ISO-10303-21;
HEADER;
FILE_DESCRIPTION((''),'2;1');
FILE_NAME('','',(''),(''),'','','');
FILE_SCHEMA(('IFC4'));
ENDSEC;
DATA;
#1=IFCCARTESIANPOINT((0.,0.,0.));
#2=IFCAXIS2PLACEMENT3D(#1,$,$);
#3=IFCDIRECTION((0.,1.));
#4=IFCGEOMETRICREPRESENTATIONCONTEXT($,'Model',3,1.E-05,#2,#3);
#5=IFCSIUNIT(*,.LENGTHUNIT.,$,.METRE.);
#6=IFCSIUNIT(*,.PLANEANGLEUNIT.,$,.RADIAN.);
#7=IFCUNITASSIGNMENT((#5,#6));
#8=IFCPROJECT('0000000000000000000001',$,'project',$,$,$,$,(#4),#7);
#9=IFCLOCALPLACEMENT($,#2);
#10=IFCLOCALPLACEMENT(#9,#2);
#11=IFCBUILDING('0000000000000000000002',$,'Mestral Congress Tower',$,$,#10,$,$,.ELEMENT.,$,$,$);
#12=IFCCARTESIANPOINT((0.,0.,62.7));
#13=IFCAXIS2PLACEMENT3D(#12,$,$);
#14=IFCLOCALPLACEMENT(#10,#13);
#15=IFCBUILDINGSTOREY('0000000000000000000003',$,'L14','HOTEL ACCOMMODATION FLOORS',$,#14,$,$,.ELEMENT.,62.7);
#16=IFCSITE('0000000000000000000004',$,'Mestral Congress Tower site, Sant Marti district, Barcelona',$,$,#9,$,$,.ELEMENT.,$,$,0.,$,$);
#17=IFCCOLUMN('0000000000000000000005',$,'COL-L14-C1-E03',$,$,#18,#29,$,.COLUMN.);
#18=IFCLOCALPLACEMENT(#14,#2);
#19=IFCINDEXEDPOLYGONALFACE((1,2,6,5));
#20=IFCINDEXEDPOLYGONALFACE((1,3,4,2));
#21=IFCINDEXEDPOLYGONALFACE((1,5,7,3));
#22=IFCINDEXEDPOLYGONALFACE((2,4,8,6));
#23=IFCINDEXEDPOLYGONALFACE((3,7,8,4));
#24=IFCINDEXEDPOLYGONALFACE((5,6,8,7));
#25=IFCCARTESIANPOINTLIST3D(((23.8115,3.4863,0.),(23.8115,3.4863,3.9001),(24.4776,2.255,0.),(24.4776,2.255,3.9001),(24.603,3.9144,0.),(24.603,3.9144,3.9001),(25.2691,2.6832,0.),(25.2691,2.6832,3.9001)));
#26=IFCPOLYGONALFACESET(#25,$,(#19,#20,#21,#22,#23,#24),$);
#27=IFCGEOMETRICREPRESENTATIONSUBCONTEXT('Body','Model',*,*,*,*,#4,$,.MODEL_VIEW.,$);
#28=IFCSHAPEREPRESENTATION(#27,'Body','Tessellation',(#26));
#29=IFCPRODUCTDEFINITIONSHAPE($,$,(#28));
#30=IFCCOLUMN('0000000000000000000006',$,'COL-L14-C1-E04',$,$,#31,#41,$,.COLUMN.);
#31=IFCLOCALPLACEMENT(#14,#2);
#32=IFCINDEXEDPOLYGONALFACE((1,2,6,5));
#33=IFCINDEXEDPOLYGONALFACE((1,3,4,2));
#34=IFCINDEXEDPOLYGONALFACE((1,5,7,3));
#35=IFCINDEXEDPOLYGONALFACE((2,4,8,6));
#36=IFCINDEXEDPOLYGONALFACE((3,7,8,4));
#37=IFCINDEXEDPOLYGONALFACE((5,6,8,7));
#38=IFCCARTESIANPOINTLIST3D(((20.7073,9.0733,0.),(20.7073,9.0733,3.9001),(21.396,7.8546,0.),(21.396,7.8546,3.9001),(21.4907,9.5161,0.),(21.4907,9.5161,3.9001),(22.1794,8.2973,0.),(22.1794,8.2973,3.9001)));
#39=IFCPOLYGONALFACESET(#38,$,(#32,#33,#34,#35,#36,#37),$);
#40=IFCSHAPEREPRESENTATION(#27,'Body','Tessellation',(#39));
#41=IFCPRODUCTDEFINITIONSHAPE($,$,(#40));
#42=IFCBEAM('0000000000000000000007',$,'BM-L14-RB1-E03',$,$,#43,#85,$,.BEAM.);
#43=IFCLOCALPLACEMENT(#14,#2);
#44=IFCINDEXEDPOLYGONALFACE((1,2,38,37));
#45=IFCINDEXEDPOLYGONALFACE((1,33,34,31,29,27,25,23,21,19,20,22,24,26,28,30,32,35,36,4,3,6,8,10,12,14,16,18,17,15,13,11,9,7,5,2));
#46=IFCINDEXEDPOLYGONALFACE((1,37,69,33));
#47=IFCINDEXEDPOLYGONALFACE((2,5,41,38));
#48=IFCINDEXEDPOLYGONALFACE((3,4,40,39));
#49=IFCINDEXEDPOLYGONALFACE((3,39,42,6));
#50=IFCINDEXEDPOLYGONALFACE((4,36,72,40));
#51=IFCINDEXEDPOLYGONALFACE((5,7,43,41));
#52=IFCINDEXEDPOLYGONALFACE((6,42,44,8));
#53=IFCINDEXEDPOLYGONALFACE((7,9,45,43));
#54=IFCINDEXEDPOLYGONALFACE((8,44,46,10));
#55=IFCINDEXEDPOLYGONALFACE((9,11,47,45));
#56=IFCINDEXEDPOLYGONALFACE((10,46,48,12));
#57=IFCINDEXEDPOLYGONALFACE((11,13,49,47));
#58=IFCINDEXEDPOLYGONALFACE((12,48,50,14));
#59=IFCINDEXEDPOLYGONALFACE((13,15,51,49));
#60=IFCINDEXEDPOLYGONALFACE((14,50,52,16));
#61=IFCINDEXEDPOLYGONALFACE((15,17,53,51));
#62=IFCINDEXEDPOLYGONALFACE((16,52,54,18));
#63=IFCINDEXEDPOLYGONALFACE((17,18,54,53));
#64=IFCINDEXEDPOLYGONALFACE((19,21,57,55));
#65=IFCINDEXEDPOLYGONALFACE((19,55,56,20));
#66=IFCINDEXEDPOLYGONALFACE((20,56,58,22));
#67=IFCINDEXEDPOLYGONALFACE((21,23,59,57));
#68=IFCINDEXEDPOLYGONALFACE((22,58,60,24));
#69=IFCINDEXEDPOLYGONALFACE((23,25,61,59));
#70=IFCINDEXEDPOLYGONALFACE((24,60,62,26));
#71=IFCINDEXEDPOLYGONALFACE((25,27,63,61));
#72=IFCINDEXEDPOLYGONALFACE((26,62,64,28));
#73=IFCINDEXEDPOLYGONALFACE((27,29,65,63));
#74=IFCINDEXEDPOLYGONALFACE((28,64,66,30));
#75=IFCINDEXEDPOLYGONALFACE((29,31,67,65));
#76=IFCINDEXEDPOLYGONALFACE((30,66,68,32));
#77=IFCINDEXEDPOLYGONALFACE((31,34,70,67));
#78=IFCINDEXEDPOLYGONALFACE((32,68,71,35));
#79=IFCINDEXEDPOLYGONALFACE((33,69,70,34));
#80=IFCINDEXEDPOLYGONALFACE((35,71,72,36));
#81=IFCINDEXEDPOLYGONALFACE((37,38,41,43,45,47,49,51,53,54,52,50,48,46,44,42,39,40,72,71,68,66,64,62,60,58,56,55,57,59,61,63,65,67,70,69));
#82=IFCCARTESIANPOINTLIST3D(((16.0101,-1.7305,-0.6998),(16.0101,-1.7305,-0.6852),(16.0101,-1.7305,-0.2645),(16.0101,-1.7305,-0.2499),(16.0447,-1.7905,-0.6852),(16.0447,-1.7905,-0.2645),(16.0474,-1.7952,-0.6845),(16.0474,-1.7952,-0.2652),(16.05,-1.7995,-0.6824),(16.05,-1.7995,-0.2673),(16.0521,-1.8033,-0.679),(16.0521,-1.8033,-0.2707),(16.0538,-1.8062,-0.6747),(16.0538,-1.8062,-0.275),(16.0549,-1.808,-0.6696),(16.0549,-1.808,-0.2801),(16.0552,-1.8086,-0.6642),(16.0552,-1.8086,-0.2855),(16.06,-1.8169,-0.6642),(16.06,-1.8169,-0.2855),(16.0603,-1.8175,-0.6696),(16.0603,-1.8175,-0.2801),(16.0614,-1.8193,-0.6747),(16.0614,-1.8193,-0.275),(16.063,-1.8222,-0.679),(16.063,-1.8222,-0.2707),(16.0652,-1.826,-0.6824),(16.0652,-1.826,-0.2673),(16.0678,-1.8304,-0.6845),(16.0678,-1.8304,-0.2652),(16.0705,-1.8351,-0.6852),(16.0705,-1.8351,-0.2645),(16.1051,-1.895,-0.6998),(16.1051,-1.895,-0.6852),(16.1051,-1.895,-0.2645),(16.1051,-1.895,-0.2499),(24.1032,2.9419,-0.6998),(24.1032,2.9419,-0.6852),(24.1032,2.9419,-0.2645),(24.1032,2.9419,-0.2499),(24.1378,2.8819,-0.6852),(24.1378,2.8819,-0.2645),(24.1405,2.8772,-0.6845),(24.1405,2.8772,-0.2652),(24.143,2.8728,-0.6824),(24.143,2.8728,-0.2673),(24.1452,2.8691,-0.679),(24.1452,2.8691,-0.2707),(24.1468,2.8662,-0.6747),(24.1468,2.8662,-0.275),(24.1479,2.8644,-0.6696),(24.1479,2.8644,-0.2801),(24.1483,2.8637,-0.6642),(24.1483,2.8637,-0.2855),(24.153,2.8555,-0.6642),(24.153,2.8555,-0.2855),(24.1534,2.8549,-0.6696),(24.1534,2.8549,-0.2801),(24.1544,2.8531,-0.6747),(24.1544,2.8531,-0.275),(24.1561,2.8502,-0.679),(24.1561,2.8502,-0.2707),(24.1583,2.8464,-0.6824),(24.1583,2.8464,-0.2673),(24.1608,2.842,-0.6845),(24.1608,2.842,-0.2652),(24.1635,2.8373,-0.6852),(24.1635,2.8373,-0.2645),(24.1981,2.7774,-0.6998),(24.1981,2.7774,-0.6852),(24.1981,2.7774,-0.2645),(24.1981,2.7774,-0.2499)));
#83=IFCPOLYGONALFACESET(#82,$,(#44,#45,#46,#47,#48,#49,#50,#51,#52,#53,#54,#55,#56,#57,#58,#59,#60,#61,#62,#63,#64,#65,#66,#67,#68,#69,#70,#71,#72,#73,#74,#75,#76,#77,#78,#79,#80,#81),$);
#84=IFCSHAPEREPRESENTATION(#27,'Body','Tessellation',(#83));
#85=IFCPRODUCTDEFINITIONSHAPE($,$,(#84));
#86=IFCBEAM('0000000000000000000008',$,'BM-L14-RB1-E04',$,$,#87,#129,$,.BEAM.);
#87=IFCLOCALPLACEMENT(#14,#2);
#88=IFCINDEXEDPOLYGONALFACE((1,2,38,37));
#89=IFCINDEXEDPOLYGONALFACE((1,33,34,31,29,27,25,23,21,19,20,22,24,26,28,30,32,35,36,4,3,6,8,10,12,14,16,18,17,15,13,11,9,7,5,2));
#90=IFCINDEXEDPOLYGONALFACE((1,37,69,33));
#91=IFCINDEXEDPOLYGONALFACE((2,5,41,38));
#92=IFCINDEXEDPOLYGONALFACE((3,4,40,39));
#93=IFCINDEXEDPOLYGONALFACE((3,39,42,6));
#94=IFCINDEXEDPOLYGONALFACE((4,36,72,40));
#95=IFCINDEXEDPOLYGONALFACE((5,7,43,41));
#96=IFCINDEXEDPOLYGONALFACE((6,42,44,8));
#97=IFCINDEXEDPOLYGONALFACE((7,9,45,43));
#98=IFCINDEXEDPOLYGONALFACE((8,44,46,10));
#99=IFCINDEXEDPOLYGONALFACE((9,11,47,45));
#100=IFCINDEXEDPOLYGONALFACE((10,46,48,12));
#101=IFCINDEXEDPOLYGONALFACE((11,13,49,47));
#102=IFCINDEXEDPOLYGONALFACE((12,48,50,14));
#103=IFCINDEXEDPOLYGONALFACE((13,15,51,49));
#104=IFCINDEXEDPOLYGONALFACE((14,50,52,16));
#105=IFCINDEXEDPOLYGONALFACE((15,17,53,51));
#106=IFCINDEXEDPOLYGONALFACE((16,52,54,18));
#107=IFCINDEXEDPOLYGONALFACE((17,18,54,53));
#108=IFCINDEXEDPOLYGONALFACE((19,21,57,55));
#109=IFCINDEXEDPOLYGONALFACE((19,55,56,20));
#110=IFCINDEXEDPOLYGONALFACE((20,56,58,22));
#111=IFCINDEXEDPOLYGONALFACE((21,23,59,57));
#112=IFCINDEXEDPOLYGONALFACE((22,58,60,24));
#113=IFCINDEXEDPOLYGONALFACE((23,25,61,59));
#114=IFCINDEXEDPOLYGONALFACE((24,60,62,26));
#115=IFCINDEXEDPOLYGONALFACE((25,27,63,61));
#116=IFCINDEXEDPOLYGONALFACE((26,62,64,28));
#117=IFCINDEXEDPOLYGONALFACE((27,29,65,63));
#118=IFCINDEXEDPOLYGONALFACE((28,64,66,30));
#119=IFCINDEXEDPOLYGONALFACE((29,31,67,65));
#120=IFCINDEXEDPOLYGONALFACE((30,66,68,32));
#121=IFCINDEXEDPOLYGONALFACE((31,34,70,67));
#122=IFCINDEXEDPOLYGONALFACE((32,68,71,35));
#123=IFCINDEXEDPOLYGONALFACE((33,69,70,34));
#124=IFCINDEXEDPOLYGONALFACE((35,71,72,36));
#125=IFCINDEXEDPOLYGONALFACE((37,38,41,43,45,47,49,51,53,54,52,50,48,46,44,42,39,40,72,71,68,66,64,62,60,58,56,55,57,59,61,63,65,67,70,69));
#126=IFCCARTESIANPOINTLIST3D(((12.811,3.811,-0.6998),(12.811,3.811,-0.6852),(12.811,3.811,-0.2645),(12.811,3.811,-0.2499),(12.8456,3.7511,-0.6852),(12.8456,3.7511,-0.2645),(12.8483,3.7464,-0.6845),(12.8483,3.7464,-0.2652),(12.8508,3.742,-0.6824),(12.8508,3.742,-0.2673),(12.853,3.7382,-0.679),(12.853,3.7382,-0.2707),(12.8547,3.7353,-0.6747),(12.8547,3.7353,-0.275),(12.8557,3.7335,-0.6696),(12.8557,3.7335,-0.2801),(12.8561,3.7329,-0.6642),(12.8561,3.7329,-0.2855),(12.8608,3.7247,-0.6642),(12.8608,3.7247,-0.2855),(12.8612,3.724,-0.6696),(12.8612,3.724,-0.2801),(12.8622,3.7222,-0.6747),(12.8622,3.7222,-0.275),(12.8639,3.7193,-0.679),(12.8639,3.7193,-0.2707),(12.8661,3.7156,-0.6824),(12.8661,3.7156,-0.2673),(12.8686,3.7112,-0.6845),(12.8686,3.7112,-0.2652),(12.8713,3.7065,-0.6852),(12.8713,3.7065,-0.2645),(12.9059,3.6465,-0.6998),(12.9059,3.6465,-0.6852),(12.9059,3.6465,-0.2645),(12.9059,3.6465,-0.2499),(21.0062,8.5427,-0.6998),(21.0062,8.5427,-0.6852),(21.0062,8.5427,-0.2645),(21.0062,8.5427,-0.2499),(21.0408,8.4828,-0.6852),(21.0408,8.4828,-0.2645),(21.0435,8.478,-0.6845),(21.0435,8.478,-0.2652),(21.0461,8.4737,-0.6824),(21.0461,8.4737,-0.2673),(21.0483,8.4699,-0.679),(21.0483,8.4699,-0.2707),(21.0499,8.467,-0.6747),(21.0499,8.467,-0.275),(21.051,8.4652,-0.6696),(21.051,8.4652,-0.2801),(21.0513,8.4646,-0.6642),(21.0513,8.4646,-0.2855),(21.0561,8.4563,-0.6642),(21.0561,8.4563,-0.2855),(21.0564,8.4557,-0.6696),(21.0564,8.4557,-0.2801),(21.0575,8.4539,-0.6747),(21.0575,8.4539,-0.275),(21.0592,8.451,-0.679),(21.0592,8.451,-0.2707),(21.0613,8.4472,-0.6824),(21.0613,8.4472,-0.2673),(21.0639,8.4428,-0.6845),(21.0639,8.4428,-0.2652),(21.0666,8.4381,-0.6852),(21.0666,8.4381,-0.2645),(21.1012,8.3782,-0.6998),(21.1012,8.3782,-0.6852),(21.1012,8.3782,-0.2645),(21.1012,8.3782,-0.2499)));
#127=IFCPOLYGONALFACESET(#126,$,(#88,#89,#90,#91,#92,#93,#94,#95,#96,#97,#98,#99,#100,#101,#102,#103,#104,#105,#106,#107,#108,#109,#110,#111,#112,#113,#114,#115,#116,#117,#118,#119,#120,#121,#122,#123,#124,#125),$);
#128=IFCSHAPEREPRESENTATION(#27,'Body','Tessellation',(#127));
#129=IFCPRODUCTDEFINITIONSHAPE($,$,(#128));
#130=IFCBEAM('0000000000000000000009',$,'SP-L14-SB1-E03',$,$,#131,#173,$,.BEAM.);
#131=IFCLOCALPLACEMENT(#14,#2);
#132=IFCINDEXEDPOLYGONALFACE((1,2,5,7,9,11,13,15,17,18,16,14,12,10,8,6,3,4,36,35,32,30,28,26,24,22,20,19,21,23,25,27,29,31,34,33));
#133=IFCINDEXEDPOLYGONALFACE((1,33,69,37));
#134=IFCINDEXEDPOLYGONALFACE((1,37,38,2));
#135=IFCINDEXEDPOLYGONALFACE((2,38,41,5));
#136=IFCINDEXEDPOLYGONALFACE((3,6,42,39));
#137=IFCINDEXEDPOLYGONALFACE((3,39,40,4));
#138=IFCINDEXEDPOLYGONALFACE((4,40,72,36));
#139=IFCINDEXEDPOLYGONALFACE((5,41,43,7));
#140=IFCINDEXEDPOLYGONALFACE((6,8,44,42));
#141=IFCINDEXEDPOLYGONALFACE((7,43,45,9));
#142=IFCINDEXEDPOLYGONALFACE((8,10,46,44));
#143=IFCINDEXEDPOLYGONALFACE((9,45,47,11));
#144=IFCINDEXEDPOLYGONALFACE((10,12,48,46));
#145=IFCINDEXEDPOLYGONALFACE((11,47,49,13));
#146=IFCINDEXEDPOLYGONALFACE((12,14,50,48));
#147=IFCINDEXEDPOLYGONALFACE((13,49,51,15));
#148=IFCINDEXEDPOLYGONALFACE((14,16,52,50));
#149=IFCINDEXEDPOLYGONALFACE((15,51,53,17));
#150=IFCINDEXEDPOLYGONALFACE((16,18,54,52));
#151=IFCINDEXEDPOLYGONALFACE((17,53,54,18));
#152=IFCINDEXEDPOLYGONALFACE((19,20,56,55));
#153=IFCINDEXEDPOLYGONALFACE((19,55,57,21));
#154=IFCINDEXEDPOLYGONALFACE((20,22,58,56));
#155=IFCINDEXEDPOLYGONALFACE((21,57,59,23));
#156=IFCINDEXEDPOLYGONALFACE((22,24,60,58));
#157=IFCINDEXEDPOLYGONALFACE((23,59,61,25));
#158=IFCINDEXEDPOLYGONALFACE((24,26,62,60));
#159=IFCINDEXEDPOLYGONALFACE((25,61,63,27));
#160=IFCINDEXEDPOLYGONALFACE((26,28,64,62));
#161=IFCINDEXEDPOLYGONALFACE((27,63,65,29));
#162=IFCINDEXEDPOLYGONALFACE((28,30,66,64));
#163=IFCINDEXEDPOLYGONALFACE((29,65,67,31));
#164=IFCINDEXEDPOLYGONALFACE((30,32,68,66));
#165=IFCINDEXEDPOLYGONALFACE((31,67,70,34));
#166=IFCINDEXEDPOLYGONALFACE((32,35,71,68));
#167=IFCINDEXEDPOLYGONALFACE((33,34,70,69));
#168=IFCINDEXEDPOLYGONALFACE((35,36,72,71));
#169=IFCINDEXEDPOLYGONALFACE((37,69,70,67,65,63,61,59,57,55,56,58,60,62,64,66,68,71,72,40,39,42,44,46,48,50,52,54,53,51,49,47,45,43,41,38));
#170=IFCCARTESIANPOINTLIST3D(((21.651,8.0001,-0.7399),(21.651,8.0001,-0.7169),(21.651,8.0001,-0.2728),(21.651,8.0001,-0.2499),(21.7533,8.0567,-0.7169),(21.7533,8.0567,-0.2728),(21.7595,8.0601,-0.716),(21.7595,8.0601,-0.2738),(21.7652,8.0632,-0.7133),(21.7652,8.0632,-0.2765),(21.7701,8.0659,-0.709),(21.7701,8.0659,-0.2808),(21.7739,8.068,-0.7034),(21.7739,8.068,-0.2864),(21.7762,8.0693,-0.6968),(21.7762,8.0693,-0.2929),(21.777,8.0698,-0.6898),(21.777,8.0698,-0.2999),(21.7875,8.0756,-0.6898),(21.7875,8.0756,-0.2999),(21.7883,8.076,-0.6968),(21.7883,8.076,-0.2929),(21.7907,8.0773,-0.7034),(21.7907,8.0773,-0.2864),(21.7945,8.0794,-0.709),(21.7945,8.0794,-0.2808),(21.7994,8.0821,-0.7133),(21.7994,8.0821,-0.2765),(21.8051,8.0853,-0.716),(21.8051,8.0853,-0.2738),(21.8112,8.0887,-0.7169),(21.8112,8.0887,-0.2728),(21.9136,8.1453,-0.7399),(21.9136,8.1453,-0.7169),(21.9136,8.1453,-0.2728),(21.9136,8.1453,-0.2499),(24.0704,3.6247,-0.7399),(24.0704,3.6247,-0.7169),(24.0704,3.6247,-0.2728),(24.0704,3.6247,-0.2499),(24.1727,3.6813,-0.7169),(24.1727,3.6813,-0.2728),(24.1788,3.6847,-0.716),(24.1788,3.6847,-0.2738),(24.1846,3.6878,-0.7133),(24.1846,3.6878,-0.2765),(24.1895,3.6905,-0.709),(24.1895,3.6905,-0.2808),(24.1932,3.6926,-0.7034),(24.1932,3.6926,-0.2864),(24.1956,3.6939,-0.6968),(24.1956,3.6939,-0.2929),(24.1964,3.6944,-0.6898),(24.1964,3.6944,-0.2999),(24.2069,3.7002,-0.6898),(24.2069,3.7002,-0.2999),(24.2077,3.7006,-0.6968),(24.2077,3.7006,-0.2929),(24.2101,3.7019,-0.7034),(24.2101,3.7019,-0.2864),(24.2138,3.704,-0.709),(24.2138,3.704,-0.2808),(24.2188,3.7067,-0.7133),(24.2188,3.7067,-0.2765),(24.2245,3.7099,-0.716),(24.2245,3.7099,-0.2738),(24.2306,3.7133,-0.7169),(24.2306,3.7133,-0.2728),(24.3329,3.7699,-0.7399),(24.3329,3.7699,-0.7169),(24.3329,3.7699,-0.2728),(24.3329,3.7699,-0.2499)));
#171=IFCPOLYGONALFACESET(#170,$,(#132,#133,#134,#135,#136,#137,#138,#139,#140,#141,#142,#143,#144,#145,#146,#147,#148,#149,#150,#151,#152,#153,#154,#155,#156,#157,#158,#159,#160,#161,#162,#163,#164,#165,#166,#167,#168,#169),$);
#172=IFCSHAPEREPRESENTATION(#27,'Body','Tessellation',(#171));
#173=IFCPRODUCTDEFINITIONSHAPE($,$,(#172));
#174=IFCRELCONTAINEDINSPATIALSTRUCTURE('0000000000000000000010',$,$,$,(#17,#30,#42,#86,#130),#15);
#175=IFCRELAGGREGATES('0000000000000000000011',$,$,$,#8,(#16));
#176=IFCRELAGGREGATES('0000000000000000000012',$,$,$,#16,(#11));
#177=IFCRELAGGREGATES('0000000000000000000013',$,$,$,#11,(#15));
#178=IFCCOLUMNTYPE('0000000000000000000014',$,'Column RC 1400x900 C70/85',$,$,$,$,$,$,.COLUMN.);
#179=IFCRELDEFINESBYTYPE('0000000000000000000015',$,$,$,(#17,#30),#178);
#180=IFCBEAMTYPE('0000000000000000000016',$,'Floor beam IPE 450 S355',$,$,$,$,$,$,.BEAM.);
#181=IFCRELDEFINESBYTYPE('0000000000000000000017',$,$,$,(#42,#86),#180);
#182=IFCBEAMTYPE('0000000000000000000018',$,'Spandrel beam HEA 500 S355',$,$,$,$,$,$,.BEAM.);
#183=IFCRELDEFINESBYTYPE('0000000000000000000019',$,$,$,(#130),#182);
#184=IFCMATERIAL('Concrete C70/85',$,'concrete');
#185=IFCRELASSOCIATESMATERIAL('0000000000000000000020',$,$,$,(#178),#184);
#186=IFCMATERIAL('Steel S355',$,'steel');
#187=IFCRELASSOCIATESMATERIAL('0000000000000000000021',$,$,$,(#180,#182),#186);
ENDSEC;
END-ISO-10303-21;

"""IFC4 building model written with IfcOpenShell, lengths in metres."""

from ifc_helpers import new_model, si_unit, direction, frame, origin, origin_2d, place, context, subcontext, project, spatial, rectangle, i_section, extrude, material, material_profile, profile_set, type_object, element, save


model = new_model("IFC4")

# Units and contexts
model_context = context("Model", 3, precision=1e-05, world=origin(), true_north=direction((0.0, 1.0)))
body_context = subcontext(model_context, "Body", "Model", "MODEL_VIEW")
ifc_project = project(units=[si_unit("LENGTHUNIT", "METRE"), si_unit("PLANEANGLEUNIT", "RADIAN")], contexts=[model_context])

# Site, building, storey
site_placement = place(None, origin())
site = spatial("IfcSite", under=ifc_project, at=site_placement, Name="Mestral Congress Tower site, Sant Marti district, Barcelona", CompositionType="ELEMENT", RefElevation=0.0)
building_placement = place(site_placement, origin())
building = spatial("IfcBuilding", under=site, at=building_placement, Name="Mestral Congress Tower", CompositionType="ELEMENT")
storey_placement = place(building_placement, frame((0.0, 0.0, 62.7)))
storey = spatial("IfcBuildingStorey", under=building, at=storey_placement, Name="L14", Description="HOTEL ACCOMMODATION FLOORS", CompositionType="ELEMENT", Elevation=62.7)

# Columns
ifc_material_1 = material(Name="Concrete C70/85", Category="concrete")
ifc_material_profile_1 = material_profile(ifc_material_1, rectangle(XDim=1.3999, YDim=0.8999, at=origin_2d()), Name="RC 1400x900")
ifc_profile_set_1 = profile_set([ifc_material_profile_1], Name="Concrete C70/85")
column_type = type_object("IfcColumnType", Name="Column RC 1400x900 C70/85", PredefinedType="COLUMN", material=ifc_profile_set_1)
for number, where, z_axis, x_axis, name in (
    (1, (24.5403, 3.0847, 0.0), (0.0, 0.0, 1.0), (-0.475796, 0.879556, 0.0), "COL-L14-C1-E03"),
    (2, (21.4434, 8.6853, 0.0), (0.0, 0.0, 1.0), (-0.491974, 0.87061, 0.0), "COL-L14-C1-E04"),
):
    element("IfcColumn", number, at=place(storey_placement, frame(where, z_axis=z_axis, x_axis=x_axis)), inside=storey, type_object=column_type, Name=name, PredefinedType="COLUMN", context=body_context, shape_type="SweptSolid", body=[
        extrude(rectangle(XDim=1.3999, YDim=0.8999, at=origin_2d()), origin(), (0.0, 0.0, 1.0), 3.9001),
    ])

# Beams
ifc_material_2 = material(Name="Steel S355", Category="steel")
ifc_material_profile_2 = material_profile(ifc_material_2, i_section(OverallWidth=0.1899, OverallDepth=0.45, WebThickness=0.0095, FlangeThickness=0.0146, FilletRadius=0.021, at=origin_2d()), Name="IPE 450")
ifc_profile_set_2 = profile_set([ifc_material_profile_2], Name="Steel S355")
beam_type_1 = type_object("IfcBeamType", Name="Floor beam IPE 450 S355", PredefinedType="BEAM", material=ifc_profile_set_2)
beam_1_placement = place(storey_placement, frame((24.1506, 2.8596, -0.4749), z_axis=(-0.866032, -0.499989, 0.0), x_axis=(0.499989, -0.866032, 0.0)))
element("IfcBeam", 3, at=beam_1_placement, inside=storey, type_object=beam_type_1, Name="BM-L14-RB1-E03", PredefinedType="BEAM", context=body_context, shape_type="SweptSolid", body=[
    extrude(i_section(OverallWidth=0.1899, OverallDepth=0.45, WebThickness=0.0095, FlangeThickness=0.0146, FilletRadius=0.021, at=origin_2d()), origin(), (0.0, 0.0, 1.0), 9.345),
])
beam_2_placement = place(storey_placement, frame((21.0537, 8.4604, -0.4749), z_axis=(-0.86602, -0.50001, 0.0), x_axis=(0.50001, -0.86602, 0.0)))
element("IfcBeam", 4, at=beam_2_placement, inside=storey, type_object=beam_type_1, Name="BM-L14-RB1-E04", PredefinedType="BEAM", context=body_context, shape_type="SweptSolid", body=[
    extrude(i_section(OverallWidth=0.1899, OverallDepth=0.45, WebThickness=0.0095, FlangeThickness=0.0146, FilletRadius=0.021, at=origin_2d()), origin(), (0.0, 0.0, 1.0), 9.4631),
])
ifc_material_profile_3 = material_profile(ifc_material_2, i_section(OverallWidth=0.3, OverallDepth=0.49, WebThickness=0.012, FlangeThickness=0.0229, FilletRadius=0.0271, at=origin_2d()), Name="HEA 500")
ifc_profile_set_3 = profile_set([ifc_material_profile_3], Name="Steel S355")
beam_type_2 = type_object("IfcBeamType", Name="Spandrel beam HEA 500 S355", PredefinedType="BEAM", material=ifc_profile_set_3)
for number, where, z_axis, x_axis, name in (
    (5, (24.2017, 3.6973, -0.4949), (-0.483901, 0.875123, 0.0), (-0.875123, -0.483901, 0.0), "SP-L14-SB1-E03"),
):
    element("IfcBeam", number, at=place(storey_placement, frame(where, z_axis=z_axis, x_axis=x_axis)), inside=storey, type_object=beam_type_2, Name=name, PredefinedType="BEAM", context=body_context, shape_type="SweptSolid", body=[
        extrude(i_section(OverallWidth=0.3, OverallDepth=0.49, WebThickness=0.012, FlangeThickness=0.0229, FilletRadius=0.0271, at=origin_2d()), origin(), (0.0, 0.0, 1.0), 4.9998),
    ])

save(model, "model.ifc")
